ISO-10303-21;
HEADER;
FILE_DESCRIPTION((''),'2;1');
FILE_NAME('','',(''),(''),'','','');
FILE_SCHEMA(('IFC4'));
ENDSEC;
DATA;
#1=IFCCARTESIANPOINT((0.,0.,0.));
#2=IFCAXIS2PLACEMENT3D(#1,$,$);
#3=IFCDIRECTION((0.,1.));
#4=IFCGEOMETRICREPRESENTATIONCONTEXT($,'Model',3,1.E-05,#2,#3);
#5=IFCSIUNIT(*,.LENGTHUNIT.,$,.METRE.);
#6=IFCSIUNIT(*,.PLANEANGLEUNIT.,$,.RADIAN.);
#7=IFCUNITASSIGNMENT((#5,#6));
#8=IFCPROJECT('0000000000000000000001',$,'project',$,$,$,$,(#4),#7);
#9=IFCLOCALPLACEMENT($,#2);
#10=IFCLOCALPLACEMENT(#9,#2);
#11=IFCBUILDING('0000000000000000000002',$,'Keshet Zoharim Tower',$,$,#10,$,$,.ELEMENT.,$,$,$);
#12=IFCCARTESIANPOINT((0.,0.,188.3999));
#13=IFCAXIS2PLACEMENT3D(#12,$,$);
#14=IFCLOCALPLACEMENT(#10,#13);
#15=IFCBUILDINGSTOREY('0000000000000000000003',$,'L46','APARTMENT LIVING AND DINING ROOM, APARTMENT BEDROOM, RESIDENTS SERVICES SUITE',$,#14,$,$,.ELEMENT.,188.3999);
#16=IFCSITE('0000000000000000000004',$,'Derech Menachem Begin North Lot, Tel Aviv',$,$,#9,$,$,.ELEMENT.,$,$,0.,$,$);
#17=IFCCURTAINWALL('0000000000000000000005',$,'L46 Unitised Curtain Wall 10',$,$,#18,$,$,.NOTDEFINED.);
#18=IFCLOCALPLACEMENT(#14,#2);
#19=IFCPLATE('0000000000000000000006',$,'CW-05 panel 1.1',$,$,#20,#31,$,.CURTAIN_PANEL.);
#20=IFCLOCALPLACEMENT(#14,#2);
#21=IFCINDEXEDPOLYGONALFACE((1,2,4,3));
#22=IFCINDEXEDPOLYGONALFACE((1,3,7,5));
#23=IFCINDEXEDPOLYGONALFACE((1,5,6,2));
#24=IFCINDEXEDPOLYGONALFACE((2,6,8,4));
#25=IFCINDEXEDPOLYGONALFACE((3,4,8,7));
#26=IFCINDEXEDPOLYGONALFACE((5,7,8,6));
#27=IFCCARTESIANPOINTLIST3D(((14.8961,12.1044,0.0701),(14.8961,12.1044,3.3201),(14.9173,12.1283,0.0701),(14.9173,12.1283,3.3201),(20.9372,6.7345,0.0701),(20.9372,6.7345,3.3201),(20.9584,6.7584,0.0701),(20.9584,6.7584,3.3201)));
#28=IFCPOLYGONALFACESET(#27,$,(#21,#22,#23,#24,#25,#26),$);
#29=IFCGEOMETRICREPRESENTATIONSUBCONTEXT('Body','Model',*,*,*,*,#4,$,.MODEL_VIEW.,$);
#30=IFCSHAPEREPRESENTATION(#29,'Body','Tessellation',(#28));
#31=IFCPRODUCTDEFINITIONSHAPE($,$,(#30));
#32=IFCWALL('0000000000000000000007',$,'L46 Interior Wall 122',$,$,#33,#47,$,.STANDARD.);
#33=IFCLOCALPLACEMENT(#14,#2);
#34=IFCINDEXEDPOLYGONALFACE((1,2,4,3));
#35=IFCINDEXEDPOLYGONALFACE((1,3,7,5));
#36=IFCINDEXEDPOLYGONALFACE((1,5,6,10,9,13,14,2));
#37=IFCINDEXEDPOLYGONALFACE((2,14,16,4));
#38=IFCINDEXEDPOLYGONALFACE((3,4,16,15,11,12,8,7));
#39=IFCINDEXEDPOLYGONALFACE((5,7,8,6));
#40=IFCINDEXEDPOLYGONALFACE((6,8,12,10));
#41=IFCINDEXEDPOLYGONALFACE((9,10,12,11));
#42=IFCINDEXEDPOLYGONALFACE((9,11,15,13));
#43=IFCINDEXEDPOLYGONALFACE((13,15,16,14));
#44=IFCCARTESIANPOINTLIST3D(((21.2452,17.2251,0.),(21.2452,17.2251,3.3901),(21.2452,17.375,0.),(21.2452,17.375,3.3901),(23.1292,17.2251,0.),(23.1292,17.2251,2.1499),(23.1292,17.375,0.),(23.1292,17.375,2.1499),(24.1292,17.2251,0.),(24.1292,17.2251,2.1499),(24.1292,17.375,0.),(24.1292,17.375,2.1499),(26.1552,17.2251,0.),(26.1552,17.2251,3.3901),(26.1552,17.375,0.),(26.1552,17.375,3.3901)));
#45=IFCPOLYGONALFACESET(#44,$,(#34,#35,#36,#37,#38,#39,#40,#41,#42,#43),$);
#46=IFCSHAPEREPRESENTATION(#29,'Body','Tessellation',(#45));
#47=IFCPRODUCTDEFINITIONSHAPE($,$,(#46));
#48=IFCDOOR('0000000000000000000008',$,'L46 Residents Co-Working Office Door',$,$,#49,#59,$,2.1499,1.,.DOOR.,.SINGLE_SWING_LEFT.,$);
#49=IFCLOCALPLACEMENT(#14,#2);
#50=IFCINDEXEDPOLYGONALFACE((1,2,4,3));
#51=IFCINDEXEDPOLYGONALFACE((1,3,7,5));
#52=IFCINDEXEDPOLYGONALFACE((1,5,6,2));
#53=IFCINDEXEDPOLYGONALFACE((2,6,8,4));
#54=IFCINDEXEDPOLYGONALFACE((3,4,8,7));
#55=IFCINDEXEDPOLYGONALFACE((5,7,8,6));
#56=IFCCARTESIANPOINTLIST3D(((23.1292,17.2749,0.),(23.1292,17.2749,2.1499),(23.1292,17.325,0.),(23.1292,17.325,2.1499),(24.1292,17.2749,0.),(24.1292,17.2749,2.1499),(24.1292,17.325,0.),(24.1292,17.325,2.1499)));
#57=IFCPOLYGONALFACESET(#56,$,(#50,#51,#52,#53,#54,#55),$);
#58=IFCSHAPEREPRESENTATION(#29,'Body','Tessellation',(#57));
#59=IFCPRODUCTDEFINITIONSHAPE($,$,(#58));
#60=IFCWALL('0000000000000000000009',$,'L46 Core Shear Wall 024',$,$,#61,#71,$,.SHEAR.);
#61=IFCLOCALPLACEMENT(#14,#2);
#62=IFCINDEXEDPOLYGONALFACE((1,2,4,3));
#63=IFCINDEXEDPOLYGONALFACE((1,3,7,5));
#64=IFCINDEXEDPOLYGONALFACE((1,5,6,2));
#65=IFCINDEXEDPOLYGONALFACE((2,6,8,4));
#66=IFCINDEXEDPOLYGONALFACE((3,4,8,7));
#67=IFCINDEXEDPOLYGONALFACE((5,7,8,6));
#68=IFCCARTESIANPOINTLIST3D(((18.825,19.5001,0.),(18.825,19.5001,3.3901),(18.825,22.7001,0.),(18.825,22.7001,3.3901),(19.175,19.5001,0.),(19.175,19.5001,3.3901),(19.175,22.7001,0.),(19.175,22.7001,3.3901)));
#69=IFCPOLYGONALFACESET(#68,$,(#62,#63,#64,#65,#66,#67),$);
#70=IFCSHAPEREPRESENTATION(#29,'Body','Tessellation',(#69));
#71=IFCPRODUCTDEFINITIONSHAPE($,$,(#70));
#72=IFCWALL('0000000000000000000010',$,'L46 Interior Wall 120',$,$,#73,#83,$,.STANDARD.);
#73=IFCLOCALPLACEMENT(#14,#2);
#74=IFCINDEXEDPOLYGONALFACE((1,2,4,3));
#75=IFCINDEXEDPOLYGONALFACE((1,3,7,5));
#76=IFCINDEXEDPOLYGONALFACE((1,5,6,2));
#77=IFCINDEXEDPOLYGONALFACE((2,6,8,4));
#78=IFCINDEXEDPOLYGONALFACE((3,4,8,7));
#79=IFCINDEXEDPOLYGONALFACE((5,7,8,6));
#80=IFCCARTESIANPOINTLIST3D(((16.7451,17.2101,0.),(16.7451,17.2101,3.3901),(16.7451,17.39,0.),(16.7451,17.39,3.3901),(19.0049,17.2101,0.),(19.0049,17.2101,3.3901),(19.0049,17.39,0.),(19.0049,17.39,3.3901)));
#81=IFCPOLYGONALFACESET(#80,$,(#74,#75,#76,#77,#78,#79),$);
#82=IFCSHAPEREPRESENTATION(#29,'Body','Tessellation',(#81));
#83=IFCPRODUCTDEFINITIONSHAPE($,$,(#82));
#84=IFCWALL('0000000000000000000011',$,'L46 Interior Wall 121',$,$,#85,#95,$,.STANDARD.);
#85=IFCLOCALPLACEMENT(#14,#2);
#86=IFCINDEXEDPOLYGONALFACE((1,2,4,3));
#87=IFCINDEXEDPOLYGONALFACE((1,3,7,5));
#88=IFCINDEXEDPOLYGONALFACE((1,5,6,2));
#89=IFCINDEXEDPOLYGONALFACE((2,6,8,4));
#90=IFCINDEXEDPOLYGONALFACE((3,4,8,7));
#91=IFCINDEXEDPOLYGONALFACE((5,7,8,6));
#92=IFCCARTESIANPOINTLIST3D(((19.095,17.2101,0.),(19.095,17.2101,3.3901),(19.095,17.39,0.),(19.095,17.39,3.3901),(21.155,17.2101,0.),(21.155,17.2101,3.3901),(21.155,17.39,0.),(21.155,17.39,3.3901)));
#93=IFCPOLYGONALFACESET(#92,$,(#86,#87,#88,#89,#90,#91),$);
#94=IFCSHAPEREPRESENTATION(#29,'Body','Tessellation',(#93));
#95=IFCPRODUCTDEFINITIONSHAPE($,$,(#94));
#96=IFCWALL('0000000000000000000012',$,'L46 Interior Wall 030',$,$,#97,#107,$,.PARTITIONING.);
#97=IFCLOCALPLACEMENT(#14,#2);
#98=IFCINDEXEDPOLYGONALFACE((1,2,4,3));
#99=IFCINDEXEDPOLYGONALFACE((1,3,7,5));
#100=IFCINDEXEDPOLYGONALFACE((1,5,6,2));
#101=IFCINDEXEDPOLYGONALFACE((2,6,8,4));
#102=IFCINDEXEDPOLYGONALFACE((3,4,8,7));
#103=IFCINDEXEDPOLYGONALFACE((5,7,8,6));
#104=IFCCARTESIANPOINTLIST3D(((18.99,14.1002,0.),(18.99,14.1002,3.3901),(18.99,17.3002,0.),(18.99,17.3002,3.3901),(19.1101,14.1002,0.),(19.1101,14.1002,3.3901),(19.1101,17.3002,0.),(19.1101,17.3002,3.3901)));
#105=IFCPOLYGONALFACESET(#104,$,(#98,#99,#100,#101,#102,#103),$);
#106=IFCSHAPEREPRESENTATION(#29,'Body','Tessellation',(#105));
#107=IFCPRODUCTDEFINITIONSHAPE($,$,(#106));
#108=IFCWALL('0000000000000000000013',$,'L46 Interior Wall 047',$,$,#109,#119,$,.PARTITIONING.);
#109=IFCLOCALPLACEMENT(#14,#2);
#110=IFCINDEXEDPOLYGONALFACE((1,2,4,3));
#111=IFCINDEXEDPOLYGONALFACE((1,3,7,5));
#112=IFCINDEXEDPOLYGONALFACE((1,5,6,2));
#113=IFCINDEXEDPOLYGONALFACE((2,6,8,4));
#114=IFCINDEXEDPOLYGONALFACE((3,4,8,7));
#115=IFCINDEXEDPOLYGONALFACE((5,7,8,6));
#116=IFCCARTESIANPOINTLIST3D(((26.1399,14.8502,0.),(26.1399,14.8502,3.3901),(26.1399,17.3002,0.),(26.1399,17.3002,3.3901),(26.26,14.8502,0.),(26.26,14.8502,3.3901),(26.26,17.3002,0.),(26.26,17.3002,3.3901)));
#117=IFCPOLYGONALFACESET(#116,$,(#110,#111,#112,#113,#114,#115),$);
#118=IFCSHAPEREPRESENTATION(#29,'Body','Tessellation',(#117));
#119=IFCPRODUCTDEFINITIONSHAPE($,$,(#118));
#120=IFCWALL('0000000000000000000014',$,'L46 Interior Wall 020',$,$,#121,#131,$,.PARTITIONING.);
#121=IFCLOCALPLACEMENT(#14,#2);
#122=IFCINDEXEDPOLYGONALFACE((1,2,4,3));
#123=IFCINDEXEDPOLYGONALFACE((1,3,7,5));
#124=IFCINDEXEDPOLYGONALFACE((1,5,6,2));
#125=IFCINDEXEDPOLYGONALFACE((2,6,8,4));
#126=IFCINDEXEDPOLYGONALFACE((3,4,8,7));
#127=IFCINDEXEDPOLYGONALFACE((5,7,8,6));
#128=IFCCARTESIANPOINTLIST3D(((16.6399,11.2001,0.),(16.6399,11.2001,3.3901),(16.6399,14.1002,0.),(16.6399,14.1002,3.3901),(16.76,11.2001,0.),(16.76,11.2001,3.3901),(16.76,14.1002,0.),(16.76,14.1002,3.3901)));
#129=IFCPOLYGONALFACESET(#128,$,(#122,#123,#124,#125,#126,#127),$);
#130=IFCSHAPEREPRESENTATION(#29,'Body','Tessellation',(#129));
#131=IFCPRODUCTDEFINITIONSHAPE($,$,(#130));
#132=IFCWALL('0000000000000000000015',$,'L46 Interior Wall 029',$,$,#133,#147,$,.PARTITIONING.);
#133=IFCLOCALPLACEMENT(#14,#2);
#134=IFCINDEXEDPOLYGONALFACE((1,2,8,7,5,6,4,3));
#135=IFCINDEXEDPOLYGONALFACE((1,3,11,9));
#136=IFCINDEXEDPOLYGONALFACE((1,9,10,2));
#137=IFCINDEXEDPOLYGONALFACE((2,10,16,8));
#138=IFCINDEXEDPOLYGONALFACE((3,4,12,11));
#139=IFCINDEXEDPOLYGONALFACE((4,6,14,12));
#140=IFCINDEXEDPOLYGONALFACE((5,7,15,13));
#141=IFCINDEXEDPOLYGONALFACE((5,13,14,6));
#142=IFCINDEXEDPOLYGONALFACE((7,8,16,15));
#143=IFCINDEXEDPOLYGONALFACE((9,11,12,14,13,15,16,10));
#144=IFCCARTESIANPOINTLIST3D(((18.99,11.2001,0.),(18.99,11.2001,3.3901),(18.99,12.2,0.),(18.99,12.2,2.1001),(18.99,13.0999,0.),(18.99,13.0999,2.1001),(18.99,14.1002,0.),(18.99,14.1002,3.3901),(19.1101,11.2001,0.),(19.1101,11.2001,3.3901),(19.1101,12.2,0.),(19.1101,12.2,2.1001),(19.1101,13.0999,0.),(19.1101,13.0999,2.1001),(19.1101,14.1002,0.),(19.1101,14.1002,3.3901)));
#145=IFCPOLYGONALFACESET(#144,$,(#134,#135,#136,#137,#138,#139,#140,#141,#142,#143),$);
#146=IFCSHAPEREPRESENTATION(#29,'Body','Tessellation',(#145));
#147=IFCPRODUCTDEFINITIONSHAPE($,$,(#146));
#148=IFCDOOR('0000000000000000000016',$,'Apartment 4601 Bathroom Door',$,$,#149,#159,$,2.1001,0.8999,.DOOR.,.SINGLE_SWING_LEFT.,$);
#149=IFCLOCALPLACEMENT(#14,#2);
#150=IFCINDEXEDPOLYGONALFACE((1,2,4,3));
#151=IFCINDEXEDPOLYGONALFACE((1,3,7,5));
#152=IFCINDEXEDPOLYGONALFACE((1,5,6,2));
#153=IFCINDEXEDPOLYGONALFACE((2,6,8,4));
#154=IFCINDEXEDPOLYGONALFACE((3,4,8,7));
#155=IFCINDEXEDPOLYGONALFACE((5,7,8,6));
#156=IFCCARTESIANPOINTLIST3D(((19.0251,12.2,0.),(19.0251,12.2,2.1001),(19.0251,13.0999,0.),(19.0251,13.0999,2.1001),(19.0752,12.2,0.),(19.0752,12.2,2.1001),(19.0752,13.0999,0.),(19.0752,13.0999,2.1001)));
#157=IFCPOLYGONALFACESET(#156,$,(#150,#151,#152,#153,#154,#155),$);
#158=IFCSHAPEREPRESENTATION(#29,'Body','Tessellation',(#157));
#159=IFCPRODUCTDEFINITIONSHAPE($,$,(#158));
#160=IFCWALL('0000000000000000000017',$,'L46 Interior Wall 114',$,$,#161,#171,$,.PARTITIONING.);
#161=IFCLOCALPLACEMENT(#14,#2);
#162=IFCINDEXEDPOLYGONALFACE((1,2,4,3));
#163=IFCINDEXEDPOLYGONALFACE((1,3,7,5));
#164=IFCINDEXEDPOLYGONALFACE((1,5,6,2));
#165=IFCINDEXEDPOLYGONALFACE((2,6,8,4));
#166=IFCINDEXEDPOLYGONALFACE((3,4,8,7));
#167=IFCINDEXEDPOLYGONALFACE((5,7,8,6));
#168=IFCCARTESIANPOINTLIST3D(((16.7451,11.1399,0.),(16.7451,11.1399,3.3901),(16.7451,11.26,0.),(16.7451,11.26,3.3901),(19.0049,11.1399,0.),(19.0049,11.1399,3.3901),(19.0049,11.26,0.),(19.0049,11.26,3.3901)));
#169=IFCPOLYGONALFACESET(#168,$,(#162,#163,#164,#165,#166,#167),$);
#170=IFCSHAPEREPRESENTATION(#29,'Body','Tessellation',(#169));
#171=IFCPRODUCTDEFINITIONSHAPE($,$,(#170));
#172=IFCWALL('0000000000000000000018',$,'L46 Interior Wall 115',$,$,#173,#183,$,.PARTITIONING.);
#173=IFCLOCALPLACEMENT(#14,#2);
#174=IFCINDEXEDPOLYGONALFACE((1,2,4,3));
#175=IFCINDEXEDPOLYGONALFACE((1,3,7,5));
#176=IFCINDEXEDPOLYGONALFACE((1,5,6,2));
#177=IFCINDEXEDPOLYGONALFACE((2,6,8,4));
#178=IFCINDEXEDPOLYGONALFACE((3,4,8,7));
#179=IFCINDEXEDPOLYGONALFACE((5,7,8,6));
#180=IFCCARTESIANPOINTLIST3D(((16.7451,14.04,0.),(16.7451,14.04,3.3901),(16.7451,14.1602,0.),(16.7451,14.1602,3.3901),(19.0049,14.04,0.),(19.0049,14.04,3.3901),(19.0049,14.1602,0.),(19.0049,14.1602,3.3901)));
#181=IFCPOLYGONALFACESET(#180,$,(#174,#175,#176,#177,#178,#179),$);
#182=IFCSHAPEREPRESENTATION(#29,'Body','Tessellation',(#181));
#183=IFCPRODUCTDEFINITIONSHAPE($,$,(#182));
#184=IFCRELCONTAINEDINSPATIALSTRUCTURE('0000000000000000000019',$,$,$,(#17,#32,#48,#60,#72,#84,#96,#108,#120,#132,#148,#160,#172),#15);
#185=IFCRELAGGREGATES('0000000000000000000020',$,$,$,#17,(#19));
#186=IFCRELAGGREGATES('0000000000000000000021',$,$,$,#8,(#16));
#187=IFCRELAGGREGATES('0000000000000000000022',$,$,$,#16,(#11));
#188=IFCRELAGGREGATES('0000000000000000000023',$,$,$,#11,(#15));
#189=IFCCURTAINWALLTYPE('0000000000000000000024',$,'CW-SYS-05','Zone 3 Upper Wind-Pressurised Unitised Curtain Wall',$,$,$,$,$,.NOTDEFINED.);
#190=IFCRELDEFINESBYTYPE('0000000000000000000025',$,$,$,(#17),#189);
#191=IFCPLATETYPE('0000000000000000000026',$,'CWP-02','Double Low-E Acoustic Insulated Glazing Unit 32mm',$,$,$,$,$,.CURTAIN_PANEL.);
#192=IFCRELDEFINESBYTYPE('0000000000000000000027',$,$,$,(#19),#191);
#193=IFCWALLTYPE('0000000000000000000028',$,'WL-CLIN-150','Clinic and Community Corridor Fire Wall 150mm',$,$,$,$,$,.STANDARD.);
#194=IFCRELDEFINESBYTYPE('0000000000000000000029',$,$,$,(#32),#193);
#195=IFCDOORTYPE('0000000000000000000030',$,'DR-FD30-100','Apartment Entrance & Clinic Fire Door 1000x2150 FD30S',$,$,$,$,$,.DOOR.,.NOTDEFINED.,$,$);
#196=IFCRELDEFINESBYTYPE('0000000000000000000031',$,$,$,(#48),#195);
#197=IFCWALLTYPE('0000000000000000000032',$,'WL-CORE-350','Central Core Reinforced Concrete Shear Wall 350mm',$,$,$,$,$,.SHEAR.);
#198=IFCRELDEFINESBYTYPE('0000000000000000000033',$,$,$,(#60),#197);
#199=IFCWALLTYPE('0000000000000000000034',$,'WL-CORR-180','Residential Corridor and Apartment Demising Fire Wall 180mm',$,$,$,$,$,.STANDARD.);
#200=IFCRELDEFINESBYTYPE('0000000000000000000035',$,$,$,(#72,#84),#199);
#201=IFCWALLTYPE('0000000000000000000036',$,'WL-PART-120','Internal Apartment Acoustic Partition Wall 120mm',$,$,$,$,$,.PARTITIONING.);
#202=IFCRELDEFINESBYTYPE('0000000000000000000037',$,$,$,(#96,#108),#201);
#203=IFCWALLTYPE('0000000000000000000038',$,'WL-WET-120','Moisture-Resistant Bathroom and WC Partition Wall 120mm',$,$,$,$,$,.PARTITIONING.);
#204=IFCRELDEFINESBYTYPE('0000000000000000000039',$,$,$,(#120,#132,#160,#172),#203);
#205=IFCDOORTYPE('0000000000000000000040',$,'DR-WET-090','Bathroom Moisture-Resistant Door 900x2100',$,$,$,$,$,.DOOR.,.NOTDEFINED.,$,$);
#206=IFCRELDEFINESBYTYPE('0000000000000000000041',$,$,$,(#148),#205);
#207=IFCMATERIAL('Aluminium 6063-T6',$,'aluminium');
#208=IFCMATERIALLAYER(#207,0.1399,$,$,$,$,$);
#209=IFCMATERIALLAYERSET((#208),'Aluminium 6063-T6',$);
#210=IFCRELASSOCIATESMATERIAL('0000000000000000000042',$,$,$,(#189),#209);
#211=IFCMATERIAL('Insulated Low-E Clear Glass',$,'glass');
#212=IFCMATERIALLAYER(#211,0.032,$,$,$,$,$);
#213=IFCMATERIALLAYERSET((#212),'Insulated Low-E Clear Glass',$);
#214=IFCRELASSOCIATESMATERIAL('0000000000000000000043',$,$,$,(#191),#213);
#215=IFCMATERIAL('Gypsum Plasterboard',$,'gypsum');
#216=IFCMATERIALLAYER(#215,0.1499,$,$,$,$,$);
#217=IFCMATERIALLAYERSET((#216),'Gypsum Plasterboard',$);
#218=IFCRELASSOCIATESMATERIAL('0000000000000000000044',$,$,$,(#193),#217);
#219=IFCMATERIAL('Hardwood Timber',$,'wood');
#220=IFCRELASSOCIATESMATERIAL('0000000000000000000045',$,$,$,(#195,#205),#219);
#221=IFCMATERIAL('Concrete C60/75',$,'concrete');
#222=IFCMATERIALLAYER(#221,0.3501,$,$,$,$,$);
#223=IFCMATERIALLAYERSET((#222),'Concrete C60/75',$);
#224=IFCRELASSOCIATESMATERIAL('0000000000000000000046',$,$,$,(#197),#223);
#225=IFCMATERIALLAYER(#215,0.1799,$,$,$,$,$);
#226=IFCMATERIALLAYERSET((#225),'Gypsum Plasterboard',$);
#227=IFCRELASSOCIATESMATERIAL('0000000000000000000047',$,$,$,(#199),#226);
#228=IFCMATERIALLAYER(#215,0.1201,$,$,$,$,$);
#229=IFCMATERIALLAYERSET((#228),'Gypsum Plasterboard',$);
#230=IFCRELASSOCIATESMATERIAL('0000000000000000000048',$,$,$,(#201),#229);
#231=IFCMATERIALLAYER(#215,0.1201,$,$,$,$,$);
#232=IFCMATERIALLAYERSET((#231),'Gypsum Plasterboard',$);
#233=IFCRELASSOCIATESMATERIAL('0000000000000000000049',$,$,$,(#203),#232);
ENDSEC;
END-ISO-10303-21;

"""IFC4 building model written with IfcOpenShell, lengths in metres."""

from ifc_helpers import new_model, si_unit, direction, frame, frame_2d, origin, origin_2d, place, context, subcontext, project, spatial, rectangle, extrude, material, layer, layer_set, type_object, element, fill, aggregate, save


model = new_model("IFC4")

# Units and contexts
model_context = context("Model", 3, precision=1e-05, world=origin(), true_north=direction((0.0, 1.0)))
body_context = subcontext(model_context, "Body", "Model", "MODEL_VIEW")
ifc_project = project(units=[si_unit("LENGTHUNIT", "METRE"), si_unit("PLANEANGLEUNIT", "RADIAN")], contexts=[model_context])

# Site, building, storey
site_placement = place(None, origin())
site = spatial("IfcSite", under=ifc_project, at=site_placement, Name="Derech Menachem Begin North Lot, Tel Aviv", CompositionType="ELEMENT", RefElevation=0.0)
building_placement = place(site_placement, origin())
building = spatial("IfcBuilding", under=site, at=building_placement, Name="Keshet Zoharim Tower", CompositionType="ELEMENT")
storey_placement = place(building_placement, frame((0.0, 0.0, 188.3999)))
storey = spatial("IfcBuildingStorey", under=building, at=storey_placement, Name="L46", Description="APARTMENT LIVING AND DINING ROOM, APARTMENT BEDROOM, RESIDENTS SERVICES SUITE", CompositionType="ELEMENT", Elevation=188.3999)

# Curtain wall, plate
ifc_material_1 = material(Name="Aluminium 6063-T6", Category="aluminium")
ifc_layer_1 = layer(ifc_material_1, 0.1399)
ifc_layer_set_1 = layer_set([ifc_layer_1], Name="Aluminium 6063-T6")
curtain_wall_type = type_object("IfcCurtainWallType", Name="CW-SYS-05", Description="Zone 3 Upper Wind-Pressurised Unitised Curtain Wall", PredefinedType="NOTDEFINED", material=ifc_layer_set_1)
curtain_wall_placement = place(storey_placement, origin())
curtain_wall = element("IfcCurtainWall", 1, at=curtain_wall_placement, inside=storey, type_object=curtain_wall_type, Name="L46 Unitised Curtain Wall 10", PredefinedType="NOTDEFINED")
ifc_material_2 = material(Name="Insulated Low-E Clear Glass", Category="glass")
ifc_layer_2 = layer(ifc_material_2, 0.032)
ifc_layer_set_2 = layer_set([ifc_layer_2], Name="Insulated Low-E Clear Glass")
plate_type = type_object("IfcPlateType", Name="CWP-02", Description="Double Low-E Acoustic Insulated Glazing Unit 32mm", PredefinedType="CURTAIN_PANEL", material=ifc_layer_set_2)
plate_placement = place(storey_placement, frame((17.9272, 9.4314, 0.0701), z_axis=(0.0, 0.0, 1.0), x_axis=(-0.747406, 0.664368, 0.0)))
plate = element("IfcPlate", 2, at=plate_placement, type_object=plate_type, Name="CW-05 panel 1.1", PredefinedType="CURTAIN_PANEL", context=body_context, shape_type="SweptSolid", body=[
    extrude(rectangle(XDim=8.0828, YDim=0.032, at=origin_2d()), origin(), (0.0, 0.0, 1.0), 3.25),
])
aggregate(curtain_wall, [plate])

# Wall, opening, door
ifc_material_3 = material(Name="Gypsum Plasterboard", Category="gypsum")
ifc_layer_3 = layer(ifc_material_3, 0.1499)
ifc_layer_set_3 = layer_set([ifc_layer_3], Name="Gypsum Plasterboard")
wall_type_1 = type_object("IfcWallType", Name="WL-CLIN-150", Description="Clinic and Community Corridor Fire Wall 150mm", PredefinedType="STANDARD", material=ifc_layer_set_3)
wall_1_placement = place(storey_placement, frame((21.2451, 17.3, 0.0), z_axis=(0.0, 0.0, 1.0), x_axis=(1.0, 0.0, 0.0)))
wall_1 = element("IfcWall", 3, at=wall_1_placement, inside=storey, type_object=wall_type_1, Name="L46 Interior Wall 122", PredefinedType="STANDARD", context=body_context, shape_type="SweptSolid", body=[
    extrude(rectangle(XDim=4.9099, YDim=0.1499, at=frame_2d((2.4551, 0.0))), origin(), (0.0, 0.0, 1.0), 3.3901),
])
opening_1_placement = place(wall_1_placement, frame((1.884, 0.0, 0.0)))
opening_1 = element("IfcOpeningElement", 4, at=opening_1_placement, cuts=wall_1, PredefinedType="OPENING", context=body_context, shape_type="SweptSolid", body=[
    extrude(rectangle(XDim=1.0, YDim=2.1499, at=frame_2d((0.5, 1.075))), frame((0.0, 0.085, 0.0), z_axis=(0.0, -1.0, 0.0), x_axis=(1.0, 0.0, 0.0)), (0.0, 0.0, 1.0), 0.1699),
])
ifc_material_4 = material(Name="Hardwood Timber", Category="wood")
door_type_1 = type_object("IfcDoorType", Name="DR-FD30-100", Description="Apartment Entrance & Clinic Fire Door 1000x2150 FD30S", OperationType="NOTDEFINED", PredefinedType="DOOR", material=ifc_material_4)
door_1_placement = place(opening_1_placement, origin())
door_1 = element("IfcDoor", 5, at=door_1_placement, inside=storey, type_object=door_type_1, Name="L46 Residents Co-Working Office Door", OperationType="SINGLE_SWING_LEFT", OverallHeight=2.1499, OverallWidth=1.0, PredefinedType="DOOR", context=body_context, shape_type="SweptSolid", body=[
    extrude(rectangle(XDim=1.0, YDim=2.1499, at=frame_2d((0.5, 1.075))), frame((0.0, 0.0249, 0.0), z_axis=(0.0, -1.0, 0.0), x_axis=(1.0, 0.0, 0.0)), (0.0, 0.0, 1.0), 0.05),
])
fill(opening_1, door_1)

# Walls
ifc_material_5 = material(Name="Concrete C60/75", Category="concrete")
ifc_layer_4 = layer(ifc_material_5, 0.3501)
ifc_layer_set_4 = layer_set([ifc_layer_4], Name="Concrete C60/75")
wall_type_2 = type_object("IfcWallType", Name="WL-CORE-350", Description="Central Core Reinforced Concrete Shear Wall 350mm", PredefinedType="SHEAR", material=ifc_layer_set_4)
wall_2_placement = place(storey_placement, frame((19.0, 19.5, 0.0), z_axis=(0.0, 0.0, 1.0), x_axis=(0.0, 1.0, 0.0)))
element("IfcWall", 6, at=wall_2_placement, inside=storey, type_object=wall_type_2, Name="L46 Core Shear Wall 024", PredefinedType="SHEAR", context=body_context, shape_type="SweptSolid", body=[
    extrude(rectangle(XDim=3.2, YDim=0.3501, at=frame_2d((1.6001, 0.0))), origin(), (0.0, 0.0, 1.0), 3.3901),
])
ifc_layer_5 = layer(ifc_material_3, 0.1799)
ifc_layer_set_5 = layer_set([ifc_layer_5], Name="Gypsum Plasterboard")
wall_type_3 = type_object("IfcWallType", Name="WL-CORR-180", Description="Residential Corridor and Apartment Demising Fire Wall 180mm", PredefinedType="STANDARD", material=ifc_layer_set_5)
wall_3_placement = place(storey_placement, frame((16.7451, 17.3, 0.0), z_axis=(0.0, 0.0, 1.0), x_axis=(1.0, 0.0, 0.0)))
element("IfcWall", 7, at=wall_3_placement, inside=storey, type_object=wall_type_3, Name="L46 Interior Wall 120", PredefinedType="STANDARD", context=body_context, shape_type="SweptSolid", body=[
    extrude(rectangle(XDim=2.2598, YDim=0.1799, at=frame_2d((1.1299, 0.0))), origin(), (0.0, 0.0, 1.0), 3.3901),
])
wall_4_placement = place(storey_placement, frame((19.095, 17.3, 0.0), z_axis=(0.0, 0.0, 1.0), x_axis=(1.0, 0.0, 0.0)))
element("IfcWall", 8, at=wall_4_placement, inside=storey, type_object=wall_type_3, Name="L46 Interior Wall 121", PredefinedType="STANDARD", context=body_context, shape_type="SweptSolid", body=[
    extrude(rectangle(XDim=2.0601, YDim=0.1799, at=frame_2d((1.03, 0.0))), origin(), (0.0, 0.0, 1.0), 3.3901),
])

# Shared definitions
ifc_layer_6 = layer(ifc_material_3, 0.1201)
ifc_layer_set_6 = layer_set([ifc_layer_6], Name="Gypsum Plasterboard")
wall_type_4 = type_object("IfcWallType", Name="WL-PART-120", Description="Internal Apartment Acoustic Partition Wall 120mm", PredefinedType="PARTITIONING", material=ifc_layer_set_6)

# Walls
wall_5_placement = place(storey_placement, frame((19.05, 14.1001, 0.0), z_axis=(0.0, 0.0, 1.0), x_axis=(0.0, 1.0, 0.0)))
element("IfcWall", 9, at=wall_5_placement, inside=storey, type_object=wall_type_4, Name="L46 Interior Wall 030", PredefinedType="PARTITIONING", context=body_context, shape_type="SweptSolid", body=[
    extrude(rectangle(XDim=3.2, YDim=0.1201, at=frame_2d((1.6001, 0.0))), origin(), (0.0, 0.0, 1.0), 3.3901),
])
wall_6_placement = place(storey_placement, frame((26.2, 14.8501, 0.0), z_axis=(0.0, 0.0, 1.0), x_axis=(0.0, 1.0, 0.0)))
element("IfcWall", 10, at=wall_6_placement, inside=storey, type_object=wall_type_4, Name="L46 Interior Wall 047", PredefinedType="PARTITIONING", context=body_context, shape_type="SweptSolid", body=[
    extrude(rectangle(XDim=2.45, YDim=0.1201, at=frame_2d((1.2251, 0.0))), origin(), (0.0, 0.0, 1.0), 3.3901),
])

# Wall
ifc_layer_7 = layer(ifc_material_3, 0.1201)
ifc_layer_set_7 = layer_set([ifc_layer_7], Name="Gypsum Plasterboard")
wall_type_5 = type_object("IfcWallType", Name="WL-WET-120", Description="Moisture-Resistant Bathroom and WC Partition Wall 120mm", PredefinedType="PARTITIONING", material=ifc_layer_set_7)
wall_7_placement = place(storey_placement, frame((16.7, 11.2, 0.0), z_axis=(0.0, 0.0, 1.0), x_axis=(0.0, 1.0, 0.0)))
element("IfcWall", 11, at=wall_7_placement, inside=storey, type_object=wall_type_5, Name="L46 Interior Wall 020", PredefinedType="PARTITIONING", context=body_context, shape_type="SweptSolid", body=[
    extrude(rectangle(XDim=2.9001, YDim=0.1201, at=frame_2d((1.4502, 0.0))), origin(), (0.0, 0.0, 1.0), 3.3901),
])

# Wall, opening, door
wall_8_placement = place(storey_placement, frame((19.05, 11.2, 0.0), z_axis=(0.0, 0.0, 1.0), x_axis=(0.0, 1.0, 0.0)))
wall_8 = element("IfcWall", 12, at=wall_8_placement, inside=storey, type_object=wall_type_5, Name="L46 Interior Wall 029", PredefinedType="PARTITIONING", context=body_context, shape_type="SweptSolid", body=[
    extrude(rectangle(XDim=2.9001, YDim=0.1201, at=frame_2d((1.4502, 0.0))), origin(), (0.0, 0.0, 1.0), 3.3901),
])
opening_2_placement = place(wall_8_placement, frame((1.0, 0.0, 0.0)))
opening_2 = element("IfcOpeningElement", 13, at=opening_2_placement, cuts=wall_8, PredefinedType="OPENING", context=body_context, shape_type="SweptSolid", body=[
    extrude(rectangle(XDim=0.8999, YDim=2.1001, at=frame_2d((0.45, 1.05))), frame((0.0, 0.0701, 0.0), z_axis=(0.0, -1.0, 0.0), x_axis=(1.0, 0.0, 0.0)), (0.0, 0.0, 1.0), 0.1401),
])
door_type_2 = type_object("IfcDoorType", Name="DR-WET-090", Description="Bathroom Moisture-Resistant Door 900x2100", OperationType="NOTDEFINED", PredefinedType="DOOR", material=ifc_material_4)
door_2_placement = place(opening_2_placement, origin())
door_2 = element("IfcDoor", 14, at=door_2_placement, inside=storey, type_object=door_type_2, Name="Apartment 4601 Bathroom Door", OperationType="SINGLE_SWING_LEFT", OverallHeight=2.1001, OverallWidth=0.8999, PredefinedType="DOOR", context=body_context, shape_type="SweptSolid", body=[
    extrude(rectangle(XDim=0.8999, YDim=2.1001, at=frame_2d((0.45, 1.05))), frame((0.0, 0.0249, 0.0), z_axis=(0.0, -1.0, 0.0), x_axis=(1.0, 0.0, 0.0)), (0.0, 0.0, 1.0), 0.05),
])
fill(opening_2, door_2)

# Walls
for number, where, z_axis, x_axis, name in (
    (15, (16.7451, 11.2, 0.0), (0.0, 0.0, 1.0), (1.0, 0.0, 0.0), "L46 Interior Wall 114"),
    (16, (16.7451, 14.1001, 0.0), (0.0, 0.0, 1.0), (1.0, 0.0, 0.0), "L46 Interior Wall 115"),
):
    element("IfcWall", number, at=place(storey_placement, frame(where, z_axis=z_axis, x_axis=x_axis)), inside=storey, type_object=wall_type_5, Name=name, PredefinedType="PARTITIONING", context=body_context, shape_type="SweptSolid", body=[
        extrude(rectangle(XDim=2.2598, YDim=0.1201, at=frame_2d((1.1299, 0.0))), origin(), (0.0, 0.0, 1.0), 3.3901),
    ])

save(model, "model.ifc")
